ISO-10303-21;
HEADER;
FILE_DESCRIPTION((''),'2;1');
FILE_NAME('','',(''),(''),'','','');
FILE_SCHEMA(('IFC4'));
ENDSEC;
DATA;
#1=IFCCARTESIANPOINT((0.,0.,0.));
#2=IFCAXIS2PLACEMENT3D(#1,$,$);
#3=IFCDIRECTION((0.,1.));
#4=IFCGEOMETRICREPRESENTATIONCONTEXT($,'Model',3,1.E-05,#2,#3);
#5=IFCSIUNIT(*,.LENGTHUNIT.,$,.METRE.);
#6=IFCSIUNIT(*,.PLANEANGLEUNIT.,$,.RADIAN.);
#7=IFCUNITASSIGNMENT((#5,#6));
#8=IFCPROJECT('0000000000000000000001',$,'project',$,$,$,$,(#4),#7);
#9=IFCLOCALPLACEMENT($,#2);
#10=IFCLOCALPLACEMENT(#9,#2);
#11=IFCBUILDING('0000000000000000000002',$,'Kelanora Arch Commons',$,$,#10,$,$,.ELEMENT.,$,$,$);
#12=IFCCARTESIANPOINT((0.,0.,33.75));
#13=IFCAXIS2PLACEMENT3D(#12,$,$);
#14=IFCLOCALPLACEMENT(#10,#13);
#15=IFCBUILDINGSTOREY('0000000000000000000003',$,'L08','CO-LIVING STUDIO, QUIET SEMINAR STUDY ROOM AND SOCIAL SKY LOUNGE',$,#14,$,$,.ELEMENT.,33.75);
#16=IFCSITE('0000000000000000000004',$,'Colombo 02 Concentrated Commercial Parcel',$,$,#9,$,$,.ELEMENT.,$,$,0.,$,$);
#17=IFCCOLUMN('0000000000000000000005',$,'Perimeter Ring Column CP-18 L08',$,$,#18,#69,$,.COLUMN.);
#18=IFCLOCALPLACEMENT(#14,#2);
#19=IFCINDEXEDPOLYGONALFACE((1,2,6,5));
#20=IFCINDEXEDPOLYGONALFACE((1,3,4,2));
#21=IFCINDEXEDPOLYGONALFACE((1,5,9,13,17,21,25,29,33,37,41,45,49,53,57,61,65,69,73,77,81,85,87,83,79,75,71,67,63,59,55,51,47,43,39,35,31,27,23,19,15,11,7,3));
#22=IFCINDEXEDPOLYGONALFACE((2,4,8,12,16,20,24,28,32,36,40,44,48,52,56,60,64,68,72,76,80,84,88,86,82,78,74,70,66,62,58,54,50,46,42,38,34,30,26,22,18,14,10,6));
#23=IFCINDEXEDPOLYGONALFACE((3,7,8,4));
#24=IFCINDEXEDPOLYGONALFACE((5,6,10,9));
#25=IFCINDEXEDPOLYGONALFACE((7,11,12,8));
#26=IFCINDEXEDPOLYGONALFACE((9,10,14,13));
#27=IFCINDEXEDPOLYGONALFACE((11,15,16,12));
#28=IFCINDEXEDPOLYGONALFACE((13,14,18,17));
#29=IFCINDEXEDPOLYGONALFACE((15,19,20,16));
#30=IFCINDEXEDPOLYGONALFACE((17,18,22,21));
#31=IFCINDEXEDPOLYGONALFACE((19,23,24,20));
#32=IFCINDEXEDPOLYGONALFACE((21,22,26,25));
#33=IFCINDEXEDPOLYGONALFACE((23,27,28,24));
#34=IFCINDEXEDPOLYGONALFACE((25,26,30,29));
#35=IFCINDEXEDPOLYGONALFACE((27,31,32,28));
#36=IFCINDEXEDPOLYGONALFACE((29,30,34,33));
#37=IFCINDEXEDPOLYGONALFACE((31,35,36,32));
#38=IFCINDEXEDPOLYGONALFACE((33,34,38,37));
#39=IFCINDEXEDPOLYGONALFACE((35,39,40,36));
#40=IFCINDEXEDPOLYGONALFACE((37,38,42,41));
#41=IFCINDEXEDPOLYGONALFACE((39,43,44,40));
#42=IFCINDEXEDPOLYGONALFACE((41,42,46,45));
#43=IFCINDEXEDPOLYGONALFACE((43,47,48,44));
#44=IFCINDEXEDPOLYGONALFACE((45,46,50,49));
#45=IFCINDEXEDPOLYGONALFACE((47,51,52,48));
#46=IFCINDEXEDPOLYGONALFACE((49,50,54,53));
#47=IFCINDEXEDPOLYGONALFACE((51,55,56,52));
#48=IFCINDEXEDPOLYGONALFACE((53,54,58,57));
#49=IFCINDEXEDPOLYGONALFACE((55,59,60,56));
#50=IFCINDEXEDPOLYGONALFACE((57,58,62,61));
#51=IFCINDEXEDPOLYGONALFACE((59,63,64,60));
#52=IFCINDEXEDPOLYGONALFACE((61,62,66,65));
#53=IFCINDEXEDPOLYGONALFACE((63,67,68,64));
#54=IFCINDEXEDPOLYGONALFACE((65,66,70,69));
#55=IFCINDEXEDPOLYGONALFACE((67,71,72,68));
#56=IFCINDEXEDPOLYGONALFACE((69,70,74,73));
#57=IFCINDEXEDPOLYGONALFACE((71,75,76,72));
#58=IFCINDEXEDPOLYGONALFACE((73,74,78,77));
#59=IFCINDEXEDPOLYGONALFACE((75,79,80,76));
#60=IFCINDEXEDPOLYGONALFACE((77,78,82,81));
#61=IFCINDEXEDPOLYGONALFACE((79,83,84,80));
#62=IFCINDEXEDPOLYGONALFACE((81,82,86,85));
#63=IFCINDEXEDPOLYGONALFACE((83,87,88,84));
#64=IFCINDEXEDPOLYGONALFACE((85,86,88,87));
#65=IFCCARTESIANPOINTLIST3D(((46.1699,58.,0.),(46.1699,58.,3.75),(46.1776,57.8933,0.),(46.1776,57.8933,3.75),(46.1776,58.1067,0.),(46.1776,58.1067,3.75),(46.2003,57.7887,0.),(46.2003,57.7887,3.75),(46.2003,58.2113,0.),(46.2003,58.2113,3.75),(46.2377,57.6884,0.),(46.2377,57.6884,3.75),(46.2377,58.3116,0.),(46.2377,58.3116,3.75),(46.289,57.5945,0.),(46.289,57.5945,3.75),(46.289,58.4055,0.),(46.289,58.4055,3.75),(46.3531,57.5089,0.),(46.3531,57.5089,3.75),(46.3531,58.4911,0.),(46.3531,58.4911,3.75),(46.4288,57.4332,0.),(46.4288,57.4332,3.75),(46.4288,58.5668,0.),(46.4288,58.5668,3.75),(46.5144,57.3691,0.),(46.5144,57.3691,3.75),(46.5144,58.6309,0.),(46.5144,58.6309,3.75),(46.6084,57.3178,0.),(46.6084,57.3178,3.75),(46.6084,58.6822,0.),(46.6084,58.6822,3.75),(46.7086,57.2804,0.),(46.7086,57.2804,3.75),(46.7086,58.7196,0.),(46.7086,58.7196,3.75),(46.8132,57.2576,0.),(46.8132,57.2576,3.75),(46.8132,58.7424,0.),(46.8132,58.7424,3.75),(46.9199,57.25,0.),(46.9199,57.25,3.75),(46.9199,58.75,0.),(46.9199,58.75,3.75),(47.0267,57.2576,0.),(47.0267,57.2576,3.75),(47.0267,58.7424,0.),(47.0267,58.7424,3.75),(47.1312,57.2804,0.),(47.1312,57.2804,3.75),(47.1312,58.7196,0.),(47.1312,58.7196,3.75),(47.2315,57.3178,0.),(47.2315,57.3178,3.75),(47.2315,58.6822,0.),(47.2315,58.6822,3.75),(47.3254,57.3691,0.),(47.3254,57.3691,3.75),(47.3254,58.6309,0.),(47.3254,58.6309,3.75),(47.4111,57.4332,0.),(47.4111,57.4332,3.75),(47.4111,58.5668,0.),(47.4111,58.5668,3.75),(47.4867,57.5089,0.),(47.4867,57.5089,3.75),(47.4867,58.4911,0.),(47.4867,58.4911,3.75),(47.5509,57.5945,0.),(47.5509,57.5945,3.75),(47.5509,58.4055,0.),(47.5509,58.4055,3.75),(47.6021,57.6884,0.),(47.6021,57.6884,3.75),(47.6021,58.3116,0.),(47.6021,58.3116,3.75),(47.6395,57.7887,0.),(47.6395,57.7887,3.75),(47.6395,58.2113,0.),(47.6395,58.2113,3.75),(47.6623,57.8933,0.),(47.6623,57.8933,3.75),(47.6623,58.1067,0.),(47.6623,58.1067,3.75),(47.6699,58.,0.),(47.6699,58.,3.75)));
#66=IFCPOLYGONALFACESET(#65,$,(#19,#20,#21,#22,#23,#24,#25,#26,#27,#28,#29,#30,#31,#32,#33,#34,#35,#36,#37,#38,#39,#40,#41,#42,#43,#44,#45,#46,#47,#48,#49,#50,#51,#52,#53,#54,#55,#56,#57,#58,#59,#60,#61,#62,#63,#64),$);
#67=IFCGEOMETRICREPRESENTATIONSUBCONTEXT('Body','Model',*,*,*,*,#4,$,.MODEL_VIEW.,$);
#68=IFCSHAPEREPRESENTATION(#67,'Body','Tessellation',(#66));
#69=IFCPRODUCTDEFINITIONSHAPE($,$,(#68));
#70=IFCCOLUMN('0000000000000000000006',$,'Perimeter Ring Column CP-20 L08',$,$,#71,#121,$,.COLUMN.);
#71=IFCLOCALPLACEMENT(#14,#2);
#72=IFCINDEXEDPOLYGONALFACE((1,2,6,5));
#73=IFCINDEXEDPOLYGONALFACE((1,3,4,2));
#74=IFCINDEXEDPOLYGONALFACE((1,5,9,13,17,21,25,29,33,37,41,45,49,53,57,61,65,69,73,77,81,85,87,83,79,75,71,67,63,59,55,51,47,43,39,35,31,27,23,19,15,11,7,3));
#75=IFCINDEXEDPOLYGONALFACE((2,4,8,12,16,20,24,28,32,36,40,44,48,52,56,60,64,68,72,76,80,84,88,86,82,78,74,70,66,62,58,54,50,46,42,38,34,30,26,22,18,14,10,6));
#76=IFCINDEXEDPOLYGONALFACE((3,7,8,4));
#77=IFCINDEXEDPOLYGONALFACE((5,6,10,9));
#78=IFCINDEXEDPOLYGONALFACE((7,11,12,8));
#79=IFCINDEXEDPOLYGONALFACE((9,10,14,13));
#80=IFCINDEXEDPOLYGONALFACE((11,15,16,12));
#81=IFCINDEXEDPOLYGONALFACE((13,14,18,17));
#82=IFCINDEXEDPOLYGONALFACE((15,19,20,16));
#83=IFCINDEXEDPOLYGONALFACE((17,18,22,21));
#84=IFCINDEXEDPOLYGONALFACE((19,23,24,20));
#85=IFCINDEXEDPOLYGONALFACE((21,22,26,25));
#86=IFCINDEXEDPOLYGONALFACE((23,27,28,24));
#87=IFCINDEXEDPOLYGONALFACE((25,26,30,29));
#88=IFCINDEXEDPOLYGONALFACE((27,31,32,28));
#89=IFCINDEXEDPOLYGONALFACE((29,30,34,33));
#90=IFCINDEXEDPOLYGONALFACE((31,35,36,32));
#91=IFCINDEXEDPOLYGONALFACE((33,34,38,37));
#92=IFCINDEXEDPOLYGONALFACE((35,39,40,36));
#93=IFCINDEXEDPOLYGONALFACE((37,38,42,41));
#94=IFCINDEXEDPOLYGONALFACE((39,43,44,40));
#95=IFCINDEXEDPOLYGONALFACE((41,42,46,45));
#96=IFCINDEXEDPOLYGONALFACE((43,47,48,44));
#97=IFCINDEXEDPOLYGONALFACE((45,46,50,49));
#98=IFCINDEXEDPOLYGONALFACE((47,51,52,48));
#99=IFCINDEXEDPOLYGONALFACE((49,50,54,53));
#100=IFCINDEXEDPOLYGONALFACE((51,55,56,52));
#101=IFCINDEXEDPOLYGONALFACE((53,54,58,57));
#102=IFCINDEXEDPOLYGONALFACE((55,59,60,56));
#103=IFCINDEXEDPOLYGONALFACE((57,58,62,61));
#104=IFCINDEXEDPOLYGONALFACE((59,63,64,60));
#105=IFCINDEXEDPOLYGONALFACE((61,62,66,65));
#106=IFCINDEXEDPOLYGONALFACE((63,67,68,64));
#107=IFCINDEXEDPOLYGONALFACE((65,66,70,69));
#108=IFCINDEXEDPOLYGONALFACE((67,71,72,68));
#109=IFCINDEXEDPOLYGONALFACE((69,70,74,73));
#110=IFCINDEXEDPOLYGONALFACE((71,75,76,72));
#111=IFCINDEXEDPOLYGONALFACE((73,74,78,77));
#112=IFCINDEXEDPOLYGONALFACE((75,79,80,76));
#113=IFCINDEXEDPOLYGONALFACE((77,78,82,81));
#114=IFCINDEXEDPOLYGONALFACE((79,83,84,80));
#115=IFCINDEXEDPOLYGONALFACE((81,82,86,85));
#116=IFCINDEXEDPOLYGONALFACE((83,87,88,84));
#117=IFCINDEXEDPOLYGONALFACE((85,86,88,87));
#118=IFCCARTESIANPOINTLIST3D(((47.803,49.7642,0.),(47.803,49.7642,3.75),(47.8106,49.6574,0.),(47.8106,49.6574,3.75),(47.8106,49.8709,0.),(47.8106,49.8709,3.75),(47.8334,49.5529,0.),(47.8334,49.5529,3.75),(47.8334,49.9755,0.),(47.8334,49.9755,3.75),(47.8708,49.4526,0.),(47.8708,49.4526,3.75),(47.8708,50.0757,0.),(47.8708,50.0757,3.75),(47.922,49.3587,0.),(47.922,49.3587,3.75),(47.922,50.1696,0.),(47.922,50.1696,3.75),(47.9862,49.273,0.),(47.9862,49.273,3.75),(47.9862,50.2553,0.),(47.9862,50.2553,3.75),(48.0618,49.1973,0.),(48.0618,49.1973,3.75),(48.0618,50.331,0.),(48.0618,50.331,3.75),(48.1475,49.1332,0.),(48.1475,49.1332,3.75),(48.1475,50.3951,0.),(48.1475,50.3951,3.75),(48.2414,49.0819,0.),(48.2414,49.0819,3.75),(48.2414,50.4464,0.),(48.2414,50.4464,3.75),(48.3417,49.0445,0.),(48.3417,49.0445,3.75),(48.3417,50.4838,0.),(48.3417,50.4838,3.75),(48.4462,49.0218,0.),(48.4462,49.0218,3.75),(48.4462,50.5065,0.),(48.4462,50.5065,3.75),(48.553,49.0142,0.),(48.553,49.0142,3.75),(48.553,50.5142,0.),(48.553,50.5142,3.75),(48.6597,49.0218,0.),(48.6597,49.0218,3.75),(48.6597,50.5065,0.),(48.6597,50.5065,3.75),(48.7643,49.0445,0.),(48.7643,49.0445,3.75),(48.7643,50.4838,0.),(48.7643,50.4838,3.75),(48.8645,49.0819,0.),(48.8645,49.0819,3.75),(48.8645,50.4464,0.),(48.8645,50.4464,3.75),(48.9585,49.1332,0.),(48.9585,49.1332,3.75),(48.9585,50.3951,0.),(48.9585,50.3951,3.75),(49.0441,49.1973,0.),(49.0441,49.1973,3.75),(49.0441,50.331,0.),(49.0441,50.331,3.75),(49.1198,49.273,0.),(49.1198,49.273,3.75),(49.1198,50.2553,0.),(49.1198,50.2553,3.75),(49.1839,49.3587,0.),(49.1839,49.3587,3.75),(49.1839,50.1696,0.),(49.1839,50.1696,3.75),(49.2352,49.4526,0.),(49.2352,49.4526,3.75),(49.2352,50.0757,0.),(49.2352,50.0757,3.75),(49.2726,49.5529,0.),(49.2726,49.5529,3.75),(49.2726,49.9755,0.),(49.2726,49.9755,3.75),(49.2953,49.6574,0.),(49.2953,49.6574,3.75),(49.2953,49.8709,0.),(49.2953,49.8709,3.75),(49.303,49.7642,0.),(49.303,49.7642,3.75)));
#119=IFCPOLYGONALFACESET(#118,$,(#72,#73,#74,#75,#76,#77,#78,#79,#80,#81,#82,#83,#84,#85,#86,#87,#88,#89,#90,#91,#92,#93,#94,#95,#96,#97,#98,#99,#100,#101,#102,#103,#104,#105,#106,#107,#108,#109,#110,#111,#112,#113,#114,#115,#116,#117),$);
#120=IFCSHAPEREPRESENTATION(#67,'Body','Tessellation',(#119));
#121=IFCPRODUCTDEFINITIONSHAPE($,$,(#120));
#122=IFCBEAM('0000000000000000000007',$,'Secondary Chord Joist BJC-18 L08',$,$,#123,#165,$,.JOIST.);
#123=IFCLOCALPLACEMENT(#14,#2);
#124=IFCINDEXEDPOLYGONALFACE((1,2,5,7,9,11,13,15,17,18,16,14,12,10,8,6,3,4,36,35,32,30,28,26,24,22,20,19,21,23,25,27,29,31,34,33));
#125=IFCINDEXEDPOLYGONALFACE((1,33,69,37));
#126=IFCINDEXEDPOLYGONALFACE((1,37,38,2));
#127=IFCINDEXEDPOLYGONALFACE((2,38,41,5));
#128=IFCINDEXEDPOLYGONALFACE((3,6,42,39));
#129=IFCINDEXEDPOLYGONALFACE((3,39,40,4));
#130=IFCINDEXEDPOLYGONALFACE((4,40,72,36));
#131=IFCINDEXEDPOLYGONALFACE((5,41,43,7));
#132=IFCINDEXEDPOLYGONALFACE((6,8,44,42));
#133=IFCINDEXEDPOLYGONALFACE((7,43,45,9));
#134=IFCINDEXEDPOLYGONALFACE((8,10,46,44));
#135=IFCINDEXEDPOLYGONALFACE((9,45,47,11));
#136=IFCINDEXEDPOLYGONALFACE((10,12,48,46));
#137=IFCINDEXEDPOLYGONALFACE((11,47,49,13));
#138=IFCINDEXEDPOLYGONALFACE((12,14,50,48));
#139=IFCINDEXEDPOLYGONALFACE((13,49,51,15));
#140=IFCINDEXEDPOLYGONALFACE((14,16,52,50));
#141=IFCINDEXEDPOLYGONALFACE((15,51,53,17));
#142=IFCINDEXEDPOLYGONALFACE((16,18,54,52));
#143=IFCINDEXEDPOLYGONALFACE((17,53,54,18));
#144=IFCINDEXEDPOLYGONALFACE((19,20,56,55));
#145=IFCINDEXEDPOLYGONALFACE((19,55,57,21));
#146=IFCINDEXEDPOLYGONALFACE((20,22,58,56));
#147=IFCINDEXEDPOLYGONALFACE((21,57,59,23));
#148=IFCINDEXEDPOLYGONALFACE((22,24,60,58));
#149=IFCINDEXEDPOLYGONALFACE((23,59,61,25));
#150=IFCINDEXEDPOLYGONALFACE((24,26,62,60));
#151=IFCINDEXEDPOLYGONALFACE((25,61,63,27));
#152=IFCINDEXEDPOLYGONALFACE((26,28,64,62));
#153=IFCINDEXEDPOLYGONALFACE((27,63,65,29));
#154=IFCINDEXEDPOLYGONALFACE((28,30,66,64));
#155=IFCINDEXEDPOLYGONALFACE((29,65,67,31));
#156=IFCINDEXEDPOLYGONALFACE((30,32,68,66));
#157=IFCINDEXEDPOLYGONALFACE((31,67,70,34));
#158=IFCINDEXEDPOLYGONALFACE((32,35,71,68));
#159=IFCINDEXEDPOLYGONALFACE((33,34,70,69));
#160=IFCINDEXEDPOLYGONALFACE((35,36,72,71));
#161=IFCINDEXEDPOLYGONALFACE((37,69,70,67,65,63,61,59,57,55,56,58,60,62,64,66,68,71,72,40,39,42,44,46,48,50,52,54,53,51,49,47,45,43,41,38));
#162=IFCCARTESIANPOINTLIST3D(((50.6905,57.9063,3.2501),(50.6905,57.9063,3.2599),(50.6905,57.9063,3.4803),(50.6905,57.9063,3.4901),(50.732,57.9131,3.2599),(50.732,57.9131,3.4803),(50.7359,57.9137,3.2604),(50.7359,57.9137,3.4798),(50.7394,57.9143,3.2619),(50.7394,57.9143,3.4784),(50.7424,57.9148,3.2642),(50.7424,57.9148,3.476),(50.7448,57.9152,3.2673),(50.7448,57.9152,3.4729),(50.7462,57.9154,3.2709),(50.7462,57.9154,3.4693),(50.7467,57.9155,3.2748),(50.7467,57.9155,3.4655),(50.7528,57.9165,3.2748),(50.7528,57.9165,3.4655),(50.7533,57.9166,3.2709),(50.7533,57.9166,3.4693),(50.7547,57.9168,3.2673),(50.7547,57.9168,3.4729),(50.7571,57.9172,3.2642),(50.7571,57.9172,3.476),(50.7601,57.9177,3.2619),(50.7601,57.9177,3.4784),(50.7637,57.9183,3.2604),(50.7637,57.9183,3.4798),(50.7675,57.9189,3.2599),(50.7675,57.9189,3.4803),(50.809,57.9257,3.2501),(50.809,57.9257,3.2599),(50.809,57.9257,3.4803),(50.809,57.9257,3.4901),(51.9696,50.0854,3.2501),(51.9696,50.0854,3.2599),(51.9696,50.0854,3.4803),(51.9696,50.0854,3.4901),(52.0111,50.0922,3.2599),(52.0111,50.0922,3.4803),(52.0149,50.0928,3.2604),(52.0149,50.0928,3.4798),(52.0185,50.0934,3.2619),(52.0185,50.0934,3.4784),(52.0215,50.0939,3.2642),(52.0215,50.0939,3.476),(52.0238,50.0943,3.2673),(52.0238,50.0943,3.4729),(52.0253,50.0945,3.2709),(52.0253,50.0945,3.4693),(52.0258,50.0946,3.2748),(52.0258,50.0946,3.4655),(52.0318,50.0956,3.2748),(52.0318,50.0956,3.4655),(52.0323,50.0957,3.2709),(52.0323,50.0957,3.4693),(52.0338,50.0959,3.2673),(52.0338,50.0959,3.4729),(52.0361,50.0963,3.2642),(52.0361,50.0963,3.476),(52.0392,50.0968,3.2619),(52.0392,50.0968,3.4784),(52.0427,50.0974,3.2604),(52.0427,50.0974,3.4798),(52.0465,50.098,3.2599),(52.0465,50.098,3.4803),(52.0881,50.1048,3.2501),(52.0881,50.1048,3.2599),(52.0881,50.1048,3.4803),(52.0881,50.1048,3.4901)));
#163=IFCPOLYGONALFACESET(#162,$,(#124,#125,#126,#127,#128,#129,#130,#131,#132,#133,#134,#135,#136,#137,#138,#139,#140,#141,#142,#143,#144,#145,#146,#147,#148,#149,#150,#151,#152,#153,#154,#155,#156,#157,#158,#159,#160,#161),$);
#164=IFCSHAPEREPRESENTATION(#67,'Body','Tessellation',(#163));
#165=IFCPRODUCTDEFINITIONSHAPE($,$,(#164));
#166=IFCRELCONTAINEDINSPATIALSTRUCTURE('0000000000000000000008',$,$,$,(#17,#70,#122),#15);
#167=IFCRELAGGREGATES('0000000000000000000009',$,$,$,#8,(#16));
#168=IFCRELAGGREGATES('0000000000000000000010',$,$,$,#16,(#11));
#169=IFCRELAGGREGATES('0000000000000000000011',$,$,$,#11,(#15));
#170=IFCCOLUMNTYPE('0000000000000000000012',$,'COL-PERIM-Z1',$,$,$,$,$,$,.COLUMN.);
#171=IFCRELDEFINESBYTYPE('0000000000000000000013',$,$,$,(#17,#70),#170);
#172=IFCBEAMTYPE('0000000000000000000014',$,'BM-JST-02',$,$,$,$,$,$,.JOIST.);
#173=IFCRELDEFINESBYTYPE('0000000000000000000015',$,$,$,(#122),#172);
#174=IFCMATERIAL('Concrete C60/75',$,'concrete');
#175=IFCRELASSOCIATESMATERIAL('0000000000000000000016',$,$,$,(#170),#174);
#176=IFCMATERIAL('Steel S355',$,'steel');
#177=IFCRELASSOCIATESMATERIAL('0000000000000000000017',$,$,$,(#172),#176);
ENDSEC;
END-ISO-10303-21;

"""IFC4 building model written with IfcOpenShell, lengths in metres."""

from ifc_helpers import new_model, si_unit, direction, frame, origin, origin_2d, place, context, subcontext, project, spatial, circle, i_section, extrude, material, material_profile, profile_set, type_object, element, save


model = new_model("IFC4")

# Units and contexts
model_context = context("Model", 3, precision=1e-05, world=origin(), true_north=direction((0.0, 1.0)))
body_context = subcontext(model_context, "Body", "Model", "MODEL_VIEW")
ifc_project = project(units=[si_unit("LENGTHUNIT", "METRE"), si_unit("PLANEANGLEUNIT", "RADIAN")], contexts=[model_context])

# Site, building, storey
site_placement = place(None, origin())
site = spatial("IfcSite", under=ifc_project, at=site_placement, Name="Colombo 02 Concentrated Commercial Parcel", CompositionType="ELEMENT", RefElevation=0.0)
building_placement = place(site_placement, origin())
building = spatial("IfcBuilding", under=site, at=building_placement, Name="Kelanora Arch Commons", CompositionType="ELEMENT")
storey_placement = place(building_placement, frame((0.0, 0.0, 33.75)))
storey = spatial("IfcBuildingStorey", under=building, at=storey_placement, Name="L08", Description="CO-LIVING STUDIO, QUIET SEMINAR STUDY ROOM AND SOCIAL SKY LOUNGE", CompositionType="ELEMENT", Elevation=33.75)

# Columns
ifc_material_1 = material(Name="Concrete C60/75", Category="concrete")
ifc_material_profile_1 = material_profile(ifc_material_1, circle(Radius=0.75, at=origin_2d()), Name="RCC1500")
ifc_profile_set_1 = profile_set([ifc_material_profile_1], Name="Concrete C60/75")
column_type = type_object("IfcColumnType", Name="COL-PERIM-Z1", PredefinedType="COLUMN", material=ifc_profile_set_1)
for number, where, z_axis, x_axis, name in (
    (1, (46.9199, 58.0, 0.0), (0.0, 0.0, 1.0), (1.0, 0.0, 0.0), "Perimeter Ring Column CP-18 L08"),
    (2, (48.553, 49.7642, 0.0), (0.0, 0.0, 1.0), (1.0, 0.0, 0.0), "Perimeter Ring Column CP-20 L08"),
):
    element("IfcColumn", number, at=place(storey_placement, frame(where, z_axis=z_axis, x_axis=x_axis)), inside=storey, type_object=column_type, Name=name, PredefinedType="COLUMN", context=body_context, shape_type="SweptSolid", body=[
        extrude(circle(Radius=0.75, at=origin_2d()), origin(), (0.0, 0.0, 1.0), 3.75),
    ])

# Beam
ifc_material_2 = material(Name="Steel S355", Category="steel")
ifc_material_profile_2 = material_profile(ifc_material_2, i_section(OverallWidth=0.1201, OverallDepth=0.24, WebThickness=0.0061, FlangeThickness=0.0098, FilletRadius=0.0149, at=origin_2d()), Name="IPE240")
ifc_profile_set_2 = profile_set([ifc_material_profile_2], Name="Steel S355")
beam_type_1 = type_object("IfcBeamType", Name="BM-JST-02", PredefinedType="JOIST", material=ifc_profile_set_2)
beam_1_placement = place(storey_placement, frame((50.7498, 57.916, 3.3701), z_axis=(0.161401, -0.986889, 0.0), x_axis=(0.986889, 0.161401, 0.0)))
element("IfcBeam", 3, at=beam_1_placement, inside=storey, type_object=beam_type_1, Name="Secondary Chord Joist BJC-18 L08", PredefinedType="JOIST", context=body_context, shape_type="SweptSolid", body=[
    extrude(i_section(OverallWidth=0.1201, OverallDepth=0.24, WebThickness=0.0061, FlangeThickness=0.0098, FilletRadius=0.0149, at=origin_2d()), origin(), (0.0, 0.0, 1.0), 7.9248),
])

save(model, "model.ifc")
